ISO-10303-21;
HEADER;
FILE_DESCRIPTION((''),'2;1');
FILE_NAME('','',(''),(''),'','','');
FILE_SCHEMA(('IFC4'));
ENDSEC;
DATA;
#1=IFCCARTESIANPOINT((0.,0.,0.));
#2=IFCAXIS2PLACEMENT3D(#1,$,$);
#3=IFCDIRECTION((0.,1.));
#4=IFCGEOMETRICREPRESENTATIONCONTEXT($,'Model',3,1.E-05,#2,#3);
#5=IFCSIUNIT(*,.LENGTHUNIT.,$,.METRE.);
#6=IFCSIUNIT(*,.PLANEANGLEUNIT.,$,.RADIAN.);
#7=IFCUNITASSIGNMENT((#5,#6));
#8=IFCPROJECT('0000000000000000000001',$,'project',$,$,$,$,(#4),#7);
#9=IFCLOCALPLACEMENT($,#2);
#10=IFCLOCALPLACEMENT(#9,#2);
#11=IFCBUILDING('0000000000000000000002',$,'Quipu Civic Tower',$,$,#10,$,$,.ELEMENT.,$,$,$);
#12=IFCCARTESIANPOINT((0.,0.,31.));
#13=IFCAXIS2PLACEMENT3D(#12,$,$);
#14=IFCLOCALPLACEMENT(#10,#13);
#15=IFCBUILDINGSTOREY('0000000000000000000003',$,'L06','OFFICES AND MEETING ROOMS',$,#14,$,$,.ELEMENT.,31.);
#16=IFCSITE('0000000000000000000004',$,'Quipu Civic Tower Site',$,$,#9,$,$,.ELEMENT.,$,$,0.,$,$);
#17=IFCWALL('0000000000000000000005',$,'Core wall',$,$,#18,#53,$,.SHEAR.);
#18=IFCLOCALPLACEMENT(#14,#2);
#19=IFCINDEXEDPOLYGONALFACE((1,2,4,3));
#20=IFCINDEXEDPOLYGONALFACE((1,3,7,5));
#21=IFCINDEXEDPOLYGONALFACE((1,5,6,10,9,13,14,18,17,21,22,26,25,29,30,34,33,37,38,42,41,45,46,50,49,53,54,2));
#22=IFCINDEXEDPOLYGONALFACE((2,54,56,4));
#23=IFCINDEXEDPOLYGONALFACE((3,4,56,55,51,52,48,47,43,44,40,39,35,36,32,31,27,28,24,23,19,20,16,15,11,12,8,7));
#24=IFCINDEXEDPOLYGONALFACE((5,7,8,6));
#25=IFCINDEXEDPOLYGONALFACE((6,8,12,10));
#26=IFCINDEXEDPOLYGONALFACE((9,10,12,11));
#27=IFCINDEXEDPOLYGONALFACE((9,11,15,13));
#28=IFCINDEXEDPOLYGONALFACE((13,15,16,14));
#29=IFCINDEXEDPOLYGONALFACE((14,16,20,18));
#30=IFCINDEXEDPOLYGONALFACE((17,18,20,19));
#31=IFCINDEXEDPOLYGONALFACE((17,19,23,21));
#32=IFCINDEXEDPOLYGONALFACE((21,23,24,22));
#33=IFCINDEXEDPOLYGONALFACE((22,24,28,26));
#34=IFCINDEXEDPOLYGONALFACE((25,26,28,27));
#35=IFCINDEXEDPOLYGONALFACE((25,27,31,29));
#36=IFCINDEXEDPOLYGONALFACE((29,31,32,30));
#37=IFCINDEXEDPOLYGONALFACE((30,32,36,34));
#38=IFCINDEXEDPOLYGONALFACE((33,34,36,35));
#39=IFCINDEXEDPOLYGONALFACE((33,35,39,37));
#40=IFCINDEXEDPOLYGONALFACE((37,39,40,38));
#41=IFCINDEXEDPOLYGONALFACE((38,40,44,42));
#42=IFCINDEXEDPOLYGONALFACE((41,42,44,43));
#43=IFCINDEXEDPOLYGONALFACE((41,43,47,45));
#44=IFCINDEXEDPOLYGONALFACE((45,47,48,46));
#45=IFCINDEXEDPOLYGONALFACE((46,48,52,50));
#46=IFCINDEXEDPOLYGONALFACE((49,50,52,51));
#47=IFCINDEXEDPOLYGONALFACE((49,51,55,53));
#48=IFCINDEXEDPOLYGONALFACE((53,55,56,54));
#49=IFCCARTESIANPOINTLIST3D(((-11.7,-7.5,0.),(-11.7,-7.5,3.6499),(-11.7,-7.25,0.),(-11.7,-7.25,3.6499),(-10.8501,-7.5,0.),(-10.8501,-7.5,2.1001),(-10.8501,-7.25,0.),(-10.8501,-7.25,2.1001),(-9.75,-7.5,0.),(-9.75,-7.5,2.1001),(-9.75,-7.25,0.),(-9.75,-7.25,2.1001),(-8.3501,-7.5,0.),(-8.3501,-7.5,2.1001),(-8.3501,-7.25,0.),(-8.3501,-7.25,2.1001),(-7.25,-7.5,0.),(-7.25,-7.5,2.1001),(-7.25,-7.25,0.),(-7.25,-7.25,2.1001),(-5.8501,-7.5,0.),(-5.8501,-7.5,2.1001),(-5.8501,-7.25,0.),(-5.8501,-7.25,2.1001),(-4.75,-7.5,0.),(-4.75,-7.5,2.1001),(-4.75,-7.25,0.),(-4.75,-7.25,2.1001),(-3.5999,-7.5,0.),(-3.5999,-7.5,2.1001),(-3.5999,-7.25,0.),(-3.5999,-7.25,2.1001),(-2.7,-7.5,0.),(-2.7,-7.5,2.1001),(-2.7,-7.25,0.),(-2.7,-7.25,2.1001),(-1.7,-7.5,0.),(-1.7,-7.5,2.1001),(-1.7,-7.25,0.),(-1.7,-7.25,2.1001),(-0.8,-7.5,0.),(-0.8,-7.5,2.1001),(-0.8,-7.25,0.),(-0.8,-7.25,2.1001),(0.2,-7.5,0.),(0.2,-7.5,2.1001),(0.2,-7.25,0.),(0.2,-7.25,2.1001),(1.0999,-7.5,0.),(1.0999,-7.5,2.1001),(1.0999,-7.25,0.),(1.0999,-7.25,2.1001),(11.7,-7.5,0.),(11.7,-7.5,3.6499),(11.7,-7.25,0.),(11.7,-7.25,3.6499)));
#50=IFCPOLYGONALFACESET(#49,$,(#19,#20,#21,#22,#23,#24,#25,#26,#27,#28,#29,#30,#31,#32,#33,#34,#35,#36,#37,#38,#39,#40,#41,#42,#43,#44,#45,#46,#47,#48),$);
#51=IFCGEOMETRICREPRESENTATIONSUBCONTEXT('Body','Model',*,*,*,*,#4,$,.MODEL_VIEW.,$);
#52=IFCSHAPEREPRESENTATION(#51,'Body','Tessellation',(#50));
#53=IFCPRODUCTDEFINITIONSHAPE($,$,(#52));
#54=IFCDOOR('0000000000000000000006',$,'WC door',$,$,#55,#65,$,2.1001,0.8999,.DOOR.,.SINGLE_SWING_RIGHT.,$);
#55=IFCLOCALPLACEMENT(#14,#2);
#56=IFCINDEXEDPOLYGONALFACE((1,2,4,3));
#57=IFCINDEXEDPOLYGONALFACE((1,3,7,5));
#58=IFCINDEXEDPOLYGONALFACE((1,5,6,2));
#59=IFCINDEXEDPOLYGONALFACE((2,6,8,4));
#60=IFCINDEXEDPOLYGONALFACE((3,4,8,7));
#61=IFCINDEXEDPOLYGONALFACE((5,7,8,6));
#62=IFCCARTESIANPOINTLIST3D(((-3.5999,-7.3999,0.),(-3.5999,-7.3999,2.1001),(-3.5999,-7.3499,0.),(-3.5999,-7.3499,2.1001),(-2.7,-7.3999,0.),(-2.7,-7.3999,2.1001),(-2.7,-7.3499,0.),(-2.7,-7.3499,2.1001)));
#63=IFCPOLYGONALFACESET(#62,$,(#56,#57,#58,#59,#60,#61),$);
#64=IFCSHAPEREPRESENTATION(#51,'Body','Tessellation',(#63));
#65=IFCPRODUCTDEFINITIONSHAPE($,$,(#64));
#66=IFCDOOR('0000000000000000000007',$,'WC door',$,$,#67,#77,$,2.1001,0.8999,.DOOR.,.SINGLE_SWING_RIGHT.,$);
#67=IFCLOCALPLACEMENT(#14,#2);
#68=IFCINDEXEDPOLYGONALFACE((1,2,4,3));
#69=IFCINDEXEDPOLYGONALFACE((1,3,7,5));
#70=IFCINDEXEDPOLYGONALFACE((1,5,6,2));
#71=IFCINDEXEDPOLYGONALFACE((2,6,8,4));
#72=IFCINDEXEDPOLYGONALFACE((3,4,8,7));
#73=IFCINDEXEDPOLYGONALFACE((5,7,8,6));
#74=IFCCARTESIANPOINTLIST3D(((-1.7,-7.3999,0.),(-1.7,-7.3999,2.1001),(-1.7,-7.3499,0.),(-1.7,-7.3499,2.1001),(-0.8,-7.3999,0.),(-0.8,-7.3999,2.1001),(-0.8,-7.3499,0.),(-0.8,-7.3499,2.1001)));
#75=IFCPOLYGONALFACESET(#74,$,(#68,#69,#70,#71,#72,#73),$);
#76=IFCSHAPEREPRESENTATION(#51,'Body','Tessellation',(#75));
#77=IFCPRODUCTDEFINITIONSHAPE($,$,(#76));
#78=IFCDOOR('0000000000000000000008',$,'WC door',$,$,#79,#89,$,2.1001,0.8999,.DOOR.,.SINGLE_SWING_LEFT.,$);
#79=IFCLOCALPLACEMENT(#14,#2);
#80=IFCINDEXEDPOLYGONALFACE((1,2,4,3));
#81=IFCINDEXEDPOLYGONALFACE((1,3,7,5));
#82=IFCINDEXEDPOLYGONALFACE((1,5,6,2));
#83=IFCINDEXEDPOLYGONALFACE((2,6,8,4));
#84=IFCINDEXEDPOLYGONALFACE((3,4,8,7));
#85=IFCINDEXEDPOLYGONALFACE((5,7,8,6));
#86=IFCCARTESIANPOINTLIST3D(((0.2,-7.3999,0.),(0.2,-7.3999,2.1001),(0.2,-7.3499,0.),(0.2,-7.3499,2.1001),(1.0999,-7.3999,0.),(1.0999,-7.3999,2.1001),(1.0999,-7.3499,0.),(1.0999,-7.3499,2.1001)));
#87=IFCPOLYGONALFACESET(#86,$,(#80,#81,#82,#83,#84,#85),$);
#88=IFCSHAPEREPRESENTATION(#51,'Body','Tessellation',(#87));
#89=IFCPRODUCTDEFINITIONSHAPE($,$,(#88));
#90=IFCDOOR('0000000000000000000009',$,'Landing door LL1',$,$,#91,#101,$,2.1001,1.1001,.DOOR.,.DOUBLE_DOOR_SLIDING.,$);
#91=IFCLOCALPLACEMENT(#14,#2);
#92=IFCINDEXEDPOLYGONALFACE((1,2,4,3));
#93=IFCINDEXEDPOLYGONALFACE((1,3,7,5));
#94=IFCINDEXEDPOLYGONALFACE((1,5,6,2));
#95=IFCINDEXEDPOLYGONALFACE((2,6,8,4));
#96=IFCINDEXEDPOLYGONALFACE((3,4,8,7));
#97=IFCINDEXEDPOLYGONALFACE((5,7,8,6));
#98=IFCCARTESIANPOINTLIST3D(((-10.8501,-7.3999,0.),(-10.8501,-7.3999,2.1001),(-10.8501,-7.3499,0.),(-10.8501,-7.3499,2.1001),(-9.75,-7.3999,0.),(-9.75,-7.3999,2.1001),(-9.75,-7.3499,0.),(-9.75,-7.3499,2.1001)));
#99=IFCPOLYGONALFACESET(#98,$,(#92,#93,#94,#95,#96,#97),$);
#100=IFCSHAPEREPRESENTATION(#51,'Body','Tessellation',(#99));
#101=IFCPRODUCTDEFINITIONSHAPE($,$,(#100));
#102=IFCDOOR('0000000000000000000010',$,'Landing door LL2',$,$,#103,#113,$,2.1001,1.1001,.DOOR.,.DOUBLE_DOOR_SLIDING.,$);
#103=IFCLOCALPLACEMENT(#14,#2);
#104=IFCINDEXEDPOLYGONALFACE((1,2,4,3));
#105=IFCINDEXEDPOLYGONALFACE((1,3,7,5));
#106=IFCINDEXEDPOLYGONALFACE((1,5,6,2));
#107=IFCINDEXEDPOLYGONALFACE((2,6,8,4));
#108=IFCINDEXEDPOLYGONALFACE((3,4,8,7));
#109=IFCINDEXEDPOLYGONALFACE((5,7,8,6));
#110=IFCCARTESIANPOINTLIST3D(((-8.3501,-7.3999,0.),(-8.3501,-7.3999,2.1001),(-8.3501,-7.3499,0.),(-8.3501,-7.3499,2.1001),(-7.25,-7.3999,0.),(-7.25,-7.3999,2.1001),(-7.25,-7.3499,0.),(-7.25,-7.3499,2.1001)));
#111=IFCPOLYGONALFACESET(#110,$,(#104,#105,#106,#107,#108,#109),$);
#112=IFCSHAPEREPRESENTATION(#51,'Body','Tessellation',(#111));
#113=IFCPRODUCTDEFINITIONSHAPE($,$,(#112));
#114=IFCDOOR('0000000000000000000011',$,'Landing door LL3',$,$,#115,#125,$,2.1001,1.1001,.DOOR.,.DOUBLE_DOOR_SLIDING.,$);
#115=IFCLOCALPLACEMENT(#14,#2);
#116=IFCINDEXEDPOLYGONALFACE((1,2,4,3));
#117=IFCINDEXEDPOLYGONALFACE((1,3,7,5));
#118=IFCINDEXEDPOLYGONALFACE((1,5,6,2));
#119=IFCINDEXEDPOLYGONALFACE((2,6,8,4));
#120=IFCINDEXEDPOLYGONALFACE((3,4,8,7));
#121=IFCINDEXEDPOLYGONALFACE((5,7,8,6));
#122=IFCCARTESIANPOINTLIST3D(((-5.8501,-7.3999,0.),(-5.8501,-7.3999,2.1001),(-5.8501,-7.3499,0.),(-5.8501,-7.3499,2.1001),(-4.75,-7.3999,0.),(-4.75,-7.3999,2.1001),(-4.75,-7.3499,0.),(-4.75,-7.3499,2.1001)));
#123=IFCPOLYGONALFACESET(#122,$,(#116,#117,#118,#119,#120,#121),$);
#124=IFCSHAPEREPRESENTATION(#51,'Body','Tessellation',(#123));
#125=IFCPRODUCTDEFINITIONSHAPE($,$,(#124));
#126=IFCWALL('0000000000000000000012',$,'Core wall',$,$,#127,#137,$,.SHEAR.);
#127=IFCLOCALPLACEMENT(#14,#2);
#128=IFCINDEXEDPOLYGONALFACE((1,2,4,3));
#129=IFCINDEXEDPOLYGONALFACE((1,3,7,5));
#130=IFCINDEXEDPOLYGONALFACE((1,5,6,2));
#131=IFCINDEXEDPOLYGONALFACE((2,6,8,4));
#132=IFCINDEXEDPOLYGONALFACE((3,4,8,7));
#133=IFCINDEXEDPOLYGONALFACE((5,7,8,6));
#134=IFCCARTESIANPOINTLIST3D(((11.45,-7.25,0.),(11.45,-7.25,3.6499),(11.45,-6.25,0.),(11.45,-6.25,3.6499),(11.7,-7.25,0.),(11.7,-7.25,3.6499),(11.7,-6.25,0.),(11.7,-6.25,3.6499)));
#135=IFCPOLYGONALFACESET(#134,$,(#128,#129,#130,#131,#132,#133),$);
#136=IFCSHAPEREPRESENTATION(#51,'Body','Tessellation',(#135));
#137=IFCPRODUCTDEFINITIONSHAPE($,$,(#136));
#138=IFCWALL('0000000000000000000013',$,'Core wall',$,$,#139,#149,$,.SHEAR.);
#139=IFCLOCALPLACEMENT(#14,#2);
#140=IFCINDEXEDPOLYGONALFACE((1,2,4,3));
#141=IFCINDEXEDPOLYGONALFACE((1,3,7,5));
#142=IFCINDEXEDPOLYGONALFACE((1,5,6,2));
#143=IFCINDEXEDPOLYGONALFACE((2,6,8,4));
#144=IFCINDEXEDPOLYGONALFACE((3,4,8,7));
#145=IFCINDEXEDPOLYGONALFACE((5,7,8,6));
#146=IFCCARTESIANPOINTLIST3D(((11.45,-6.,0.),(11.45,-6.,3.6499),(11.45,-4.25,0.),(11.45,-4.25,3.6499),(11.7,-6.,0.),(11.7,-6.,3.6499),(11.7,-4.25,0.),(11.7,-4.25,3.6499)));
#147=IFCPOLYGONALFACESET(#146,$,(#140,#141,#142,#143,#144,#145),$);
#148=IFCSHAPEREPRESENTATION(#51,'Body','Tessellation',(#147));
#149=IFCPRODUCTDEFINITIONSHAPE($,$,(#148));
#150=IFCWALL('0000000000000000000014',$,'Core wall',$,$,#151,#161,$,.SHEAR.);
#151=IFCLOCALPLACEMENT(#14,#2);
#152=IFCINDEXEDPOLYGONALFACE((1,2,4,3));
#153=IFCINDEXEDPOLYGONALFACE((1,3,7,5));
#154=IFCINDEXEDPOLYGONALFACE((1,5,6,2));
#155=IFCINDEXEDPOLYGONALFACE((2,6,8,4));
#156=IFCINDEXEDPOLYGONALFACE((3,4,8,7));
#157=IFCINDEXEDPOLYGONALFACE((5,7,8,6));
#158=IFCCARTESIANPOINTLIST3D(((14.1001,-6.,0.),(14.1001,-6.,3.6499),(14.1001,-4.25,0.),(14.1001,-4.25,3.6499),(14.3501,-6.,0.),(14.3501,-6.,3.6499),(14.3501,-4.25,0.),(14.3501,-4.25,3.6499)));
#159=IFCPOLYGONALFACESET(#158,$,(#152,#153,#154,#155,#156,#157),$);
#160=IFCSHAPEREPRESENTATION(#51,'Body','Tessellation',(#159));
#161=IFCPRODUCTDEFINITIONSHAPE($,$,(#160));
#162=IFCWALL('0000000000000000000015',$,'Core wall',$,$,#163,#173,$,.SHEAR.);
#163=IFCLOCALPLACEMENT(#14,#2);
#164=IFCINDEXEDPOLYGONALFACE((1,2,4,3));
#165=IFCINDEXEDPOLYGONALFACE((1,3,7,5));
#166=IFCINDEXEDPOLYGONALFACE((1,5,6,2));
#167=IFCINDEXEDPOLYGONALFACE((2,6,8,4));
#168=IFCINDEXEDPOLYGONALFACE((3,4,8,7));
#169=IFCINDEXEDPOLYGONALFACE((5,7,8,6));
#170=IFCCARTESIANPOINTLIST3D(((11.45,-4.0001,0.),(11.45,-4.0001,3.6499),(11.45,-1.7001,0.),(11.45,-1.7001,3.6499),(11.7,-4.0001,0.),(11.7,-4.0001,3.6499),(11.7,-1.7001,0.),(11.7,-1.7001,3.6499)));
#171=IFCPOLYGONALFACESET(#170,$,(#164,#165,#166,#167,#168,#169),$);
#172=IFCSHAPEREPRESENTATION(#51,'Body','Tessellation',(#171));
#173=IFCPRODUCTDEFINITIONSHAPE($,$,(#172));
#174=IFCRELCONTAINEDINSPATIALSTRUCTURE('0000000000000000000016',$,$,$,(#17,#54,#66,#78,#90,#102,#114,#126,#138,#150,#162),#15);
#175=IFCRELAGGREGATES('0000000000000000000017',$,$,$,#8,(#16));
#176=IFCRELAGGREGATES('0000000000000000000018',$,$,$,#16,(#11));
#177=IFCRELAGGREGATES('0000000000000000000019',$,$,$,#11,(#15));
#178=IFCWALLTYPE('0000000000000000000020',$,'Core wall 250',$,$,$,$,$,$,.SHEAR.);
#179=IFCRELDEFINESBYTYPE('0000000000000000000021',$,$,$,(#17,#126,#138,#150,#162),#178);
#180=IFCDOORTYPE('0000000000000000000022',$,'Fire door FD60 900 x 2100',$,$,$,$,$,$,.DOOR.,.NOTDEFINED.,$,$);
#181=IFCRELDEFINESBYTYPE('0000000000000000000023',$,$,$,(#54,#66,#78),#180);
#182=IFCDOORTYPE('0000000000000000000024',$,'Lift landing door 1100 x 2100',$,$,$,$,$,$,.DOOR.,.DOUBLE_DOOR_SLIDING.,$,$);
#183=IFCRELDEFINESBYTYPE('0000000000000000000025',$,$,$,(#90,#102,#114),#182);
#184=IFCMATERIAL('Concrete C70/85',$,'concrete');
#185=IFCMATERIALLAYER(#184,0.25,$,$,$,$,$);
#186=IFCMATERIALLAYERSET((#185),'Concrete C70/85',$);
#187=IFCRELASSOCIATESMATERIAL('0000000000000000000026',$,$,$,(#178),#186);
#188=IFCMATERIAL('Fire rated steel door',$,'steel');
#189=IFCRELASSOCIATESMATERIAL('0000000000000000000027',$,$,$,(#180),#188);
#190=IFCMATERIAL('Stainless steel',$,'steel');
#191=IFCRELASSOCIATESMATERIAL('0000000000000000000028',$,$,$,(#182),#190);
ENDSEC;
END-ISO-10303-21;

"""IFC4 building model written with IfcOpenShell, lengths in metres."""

from ifc_helpers import new_model, si_unit, direction, frame, frame_2d, origin, place, context, subcontext, project, spatial, rectangle, extrude, material, layer, layer_set, type_object, element, fill, save


model = new_model("IFC4")

# Units and contexts
model_context = context("Model", 3, precision=1e-05, world=origin(), true_north=direction((0.0, 1.0)))
body_context = subcontext(model_context, "Body", "Model", "MODEL_VIEW")
ifc_project = project(units=[si_unit("LENGTHUNIT", "METRE"), si_unit("PLANEANGLEUNIT", "RADIAN")], contexts=[model_context])

# Site, building, storey
site_placement = place(None, origin())
site = spatial("IfcSite", under=ifc_project, at=site_placement, Name="Quipu Civic Tower Site", CompositionType="ELEMENT", RefElevation=0.0)
building_placement = place(site_placement, origin())
building = spatial("IfcBuilding", under=site, at=building_placement, Name="Quipu Civic Tower", CompositionType="ELEMENT")
storey_placement = place(building_placement, frame((0.0, 0.0, 31.0)))
storey = spatial("IfcBuildingStorey", under=building, at=storey_placement, Name="L06", Description="OFFICES AND MEETING ROOMS", CompositionType="ELEMENT", Elevation=31.0)

# Shared definitions
ifc_material_1 = material(Name="Concrete C70/85", Category="concrete")
ifc_layer_1 = layer(ifc_material_1, 0.25)
ifc_layer_set_1 = layer_set([ifc_layer_1], Name="Concrete C70/85")
wall_type_1 = type_object("IfcWallType", Name="Core wall 250", PredefinedType="SHEAR", material=ifc_layer_set_1)

# Wall, openings, doors
wall_1_placement = place(storey_placement, frame((11.7, -7.375, 0.0), z_axis=(0.0, 0.0, 1.0), x_axis=(-1.0, 0.0, 0.0)))
wall_1 = element("IfcWall", 1, at=wall_1_placement, inside=storey, type_object=wall_type_1, Name="Core wall", PredefinedType="SHEAR", context=body_context, shape_type="SweptSolid", body=[
    extrude(rectangle(XDim=23.3999, YDim=0.25, at=frame_2d((11.7, 0.0))), origin(), (0.0, 0.0, 1.0), 3.6499),
])
opening_1_placement = place(wall_1_placement, frame((21.45, 0.0, 0.0)))
opening_1 = element("IfcOpeningElement", 2, at=opening_1_placement, cuts=wall_1, PredefinedType="OPENING", context=body_context, shape_type="SweptSolid", body=[
    extrude(rectangle(XDim=1.1001, YDim=2.1001, at=frame_2d((0.55, 1.05))), frame((0.0, 0.135, 0.0), z_axis=(0.0, -1.0, 0.0), x_axis=(1.0, 0.0, 0.0)), (0.0, 0.0, 1.0), 0.27),
])
opening_2_placement = place(wall_1_placement, frame((18.95, 0.0, 0.0)))
opening_2 = element("IfcOpeningElement", 3, at=opening_2_placement, cuts=wall_1, PredefinedType="OPENING", context=body_context, shape_type="SweptSolid", body=[
    extrude(rectangle(XDim=1.1001, YDim=2.1001, at=frame_2d((0.55, 1.05))), frame((0.0, 0.135, 0.0), z_axis=(0.0, -1.0, 0.0), x_axis=(1.0, 0.0, 0.0)), (0.0, 0.0, 1.0), 0.27),
])
opening_3_placement = place(wall_1_placement, frame((16.45, 0.0, 0.0)))
opening_3 = element("IfcOpeningElement", 4, at=opening_3_placement, cuts=wall_1, PredefinedType="OPENING", context=body_context, shape_type="SweptSolid", body=[
    extrude(rectangle(XDim=1.1001, YDim=2.1001, at=frame_2d((0.55, 1.05))), frame((0.0, 0.135, 0.0), z_axis=(0.0, -1.0, 0.0), x_axis=(1.0, 0.0, 0.0)), (0.0, 0.0, 1.0), 0.27),
])
opening_4_placement = place(wall_1_placement, frame((14.3999, 0.0, 0.0)))
opening_4 = element("IfcOpeningElement", 5, at=opening_4_placement, cuts=wall_1, PredefinedType="OPENING", context=body_context, shape_type="SweptSolid", body=[
    extrude(rectangle(XDim=0.8999, YDim=2.1001, at=frame_2d((0.45, 1.05))), frame((0.0, 0.135, 0.0), z_axis=(0.0, -1.0, 0.0), x_axis=(1.0, 0.0, 0.0)), (0.0, 0.0, 1.0), 0.27),
])
opening_5_placement = place(wall_1_placement, frame((12.5, 0.0, 0.0)))
opening_5 = element("IfcOpeningElement", 6, at=opening_5_placement, cuts=wall_1, PredefinedType="OPENING", context=body_context, shape_type="SweptSolid", body=[
    extrude(rectangle(XDim=0.8999, YDim=2.1001, at=frame_2d((0.45, 1.05))), frame((0.0, 0.135, 0.0), z_axis=(0.0, -1.0, 0.0), x_axis=(1.0, 0.0, 0.0)), (0.0, 0.0, 1.0), 0.27),
])
opening_6_placement = place(wall_1_placement, frame((10.6001, 0.0, 0.0)))
opening_6 = element("IfcOpeningElement", 7, at=opening_6_placement, cuts=wall_1, PredefinedType="OPENING", context=body_context, shape_type="SweptSolid", body=[
    extrude(rectangle(XDim=0.8999, YDim=2.1001, at=frame_2d((0.45, 1.05))), frame((0.0, 0.135, 0.0), z_axis=(0.0, -1.0, 0.0), x_axis=(1.0, 0.0, 0.0)), (0.0, 0.0, 1.0), 0.27),
])
ifc_material_2 = material(Name="Fire rated steel door", Category="steel")
door_type_1 = type_object("IfcDoorType", Name="Fire door FD60 900 x 2100", OperationType="NOTDEFINED", PredefinedType="DOOR", material=ifc_material_2)
door_1_placement = place(opening_4_placement, origin())
door_1 = element("IfcDoor", 8, at=door_1_placement, inside=storey, type_object=door_type_1, Name="WC door", OperationType="SINGLE_SWING_RIGHT", OverallHeight=2.1001, OverallWidth=0.8999, PredefinedType="DOOR", context=body_context, shape_type="SweptSolid", body=[
    extrude(rectangle(XDim=0.8999, YDim=2.1001, at=frame_2d((0.45, 1.05))), frame((0.0, 0.0249, 0.0), z_axis=(0.0, -1.0, 0.0), x_axis=(1.0, 0.0, 0.0)), (0.0, 0.0, 1.0), 0.05),
])
fill(opening_4, door_1)
door_2_placement = place(opening_5_placement, origin())
door_2 = element("IfcDoor", 9, at=door_2_placement, inside=storey, type_object=door_type_1, Name="WC door", OperationType="SINGLE_SWING_RIGHT", OverallHeight=2.1001, OverallWidth=0.8999, PredefinedType="DOOR", context=body_context, shape_type="SweptSolid", body=[
    extrude(rectangle(XDim=0.8999, YDim=2.1001, at=frame_2d((0.45, 1.05))), frame((0.0, 0.0249, 0.0), z_axis=(0.0, -1.0, 0.0), x_axis=(1.0, 0.0, 0.0)), (0.0, 0.0, 1.0), 0.05),
])
fill(opening_5, door_2)
door_3_placement = place(opening_6_placement, origin())
door_3 = element("IfcDoor", 10, at=door_3_placement, inside=storey, type_object=door_type_1, Name="WC door", OperationType="SINGLE_SWING_LEFT", OverallHeight=2.1001, OverallWidth=0.8999, PredefinedType="DOOR", context=body_context, shape_type="SweptSolid", body=[
    extrude(rectangle(XDim=0.8999, YDim=2.1001, at=frame_2d((0.45, 1.05))), frame((0.0, 0.0249, 0.0), z_axis=(0.0, -1.0, 0.0), x_axis=(1.0, 0.0, 0.0)), (0.0, 0.0, 1.0), 0.05),
])
fill(opening_6, door_3)
ifc_material_3 = material(Name="Stainless steel", Category="steel")
door_type_2 = type_object("IfcDoorType", Name="Lift landing door 1100 x 2100", OperationType="DOUBLE_DOOR_SLIDING", PredefinedType="DOOR", material=ifc_material_3)
door_4_placement = place(opening_1_placement, origin())
door_4 = element("IfcDoor", 11, at=door_4_placement, inside=storey, type_object=door_type_2, Name="Landing door LL1", OperationType="DOUBLE_DOOR_SLIDING", OverallHeight=2.1001, OverallWidth=1.1001, PredefinedType="DOOR", context=body_context, shape_type="SweptSolid", body=[
    extrude(rectangle(XDim=1.1001, YDim=2.1001, at=frame_2d((0.55, 1.05))), frame((0.0, 0.0249, 0.0), z_axis=(0.0, -1.0, 0.0), x_axis=(1.0, 0.0, 0.0)), (0.0, 0.0, 1.0), 0.05),
])
fill(opening_1, door_4)
door_5_placement = place(opening_2_placement, origin())
door_5 = element("IfcDoor", 12, at=door_5_placement, inside=storey, type_object=door_type_2, Name="Landing door LL2", OperationType="DOUBLE_DOOR_SLIDING", OverallHeight=2.1001, OverallWidth=1.1001, PredefinedType="DOOR", context=body_context, shape_type="SweptSolid", body=[
    extrude(rectangle(XDim=1.1001, YDim=2.1001, at=frame_2d((0.55, 1.05))), frame((0.0, 0.0249, 0.0), z_axis=(0.0, -1.0, 0.0), x_axis=(1.0, 0.0, 0.0)), (0.0, 0.0, 1.0), 0.05),
])
fill(opening_2, door_5)
door_6_placement = place(opening_3_placement, origin())
door_6 = element("IfcDoor", 13, at=door_6_placement, inside=storey, type_object=door_type_2, Name="Landing door LL3", OperationType="DOUBLE_DOOR_SLIDING", OverallHeight=2.1001, OverallWidth=1.1001, PredefinedType="DOOR", context=body_context, shape_type="SweptSolid", body=[
    extrude(rectangle(XDim=1.1001, YDim=2.1001, at=frame_2d((0.55, 1.05))), frame((0.0, 0.0249, 0.0), z_axis=(0.0, -1.0, 0.0), x_axis=(1.0, 0.0, 0.0)), (0.0, 0.0, 1.0), 0.05),
])
fill(opening_3, door_6)

# Walls
wall_2_placement = place(storey_placement, frame((11.575, -7.25, 0.0), z_axis=(0.0, 0.0, 1.0), x_axis=(0.0, 1.0, 0.0)))
element("IfcWall", 14, at=wall_2_placement, inside=storey, type_object=wall_type_1, Name="Core wall", PredefinedType="SHEAR", context=body_context, shape_type="SweptSolid", body=[
    extrude(rectangle(XDim=1.0, YDim=0.25, at=frame_2d((0.5, 0.0))), origin(), (0.0, 0.0, 1.0), 3.6499),
])
for number, where, z_axis, x_axis, name in (
    (15, (11.575, -6.0, 0.0), (0.0, 0.0, 1.0), (0.0, 1.0, 0.0), "Core wall"),
    (16, (14.2251, -6.0, 0.0), (0.0, 0.0, 1.0), (0.0, 1.0, 0.0), "Core wall"),
):
    element("IfcWall", number, at=place(storey_placement, frame(where, z_axis=z_axis, x_axis=x_axis)), inside=storey, type_object=wall_type_1, Name=name, PredefinedType="SHEAR", context=body_context, shape_type="SweptSolid", body=[
        extrude(rectangle(XDim=1.75, YDim=0.25, at=frame_2d((0.875, 0.0))), origin(), (0.0, 0.0, 1.0), 3.6499),
    ])
wall_3_placement = place(storey_placement, frame((11.575, -4.0, 0.0), z_axis=(0.0, 0.0, 1.0), x_axis=(0.0, 1.0, 0.0)))
element("IfcWall", 17, at=wall_3_placement, inside=storey, type_object=wall_type_1, Name="Core wall", PredefinedType="SHEAR", context=body_context, shape_type="SweptSolid", body=[
    extrude(rectangle(XDim=2.3, YDim=0.25, at=frame_2d((1.1499, 0.0))), origin(), (0.0, 0.0, 1.0), 3.6499),
])

save(model, "model.ifc")
